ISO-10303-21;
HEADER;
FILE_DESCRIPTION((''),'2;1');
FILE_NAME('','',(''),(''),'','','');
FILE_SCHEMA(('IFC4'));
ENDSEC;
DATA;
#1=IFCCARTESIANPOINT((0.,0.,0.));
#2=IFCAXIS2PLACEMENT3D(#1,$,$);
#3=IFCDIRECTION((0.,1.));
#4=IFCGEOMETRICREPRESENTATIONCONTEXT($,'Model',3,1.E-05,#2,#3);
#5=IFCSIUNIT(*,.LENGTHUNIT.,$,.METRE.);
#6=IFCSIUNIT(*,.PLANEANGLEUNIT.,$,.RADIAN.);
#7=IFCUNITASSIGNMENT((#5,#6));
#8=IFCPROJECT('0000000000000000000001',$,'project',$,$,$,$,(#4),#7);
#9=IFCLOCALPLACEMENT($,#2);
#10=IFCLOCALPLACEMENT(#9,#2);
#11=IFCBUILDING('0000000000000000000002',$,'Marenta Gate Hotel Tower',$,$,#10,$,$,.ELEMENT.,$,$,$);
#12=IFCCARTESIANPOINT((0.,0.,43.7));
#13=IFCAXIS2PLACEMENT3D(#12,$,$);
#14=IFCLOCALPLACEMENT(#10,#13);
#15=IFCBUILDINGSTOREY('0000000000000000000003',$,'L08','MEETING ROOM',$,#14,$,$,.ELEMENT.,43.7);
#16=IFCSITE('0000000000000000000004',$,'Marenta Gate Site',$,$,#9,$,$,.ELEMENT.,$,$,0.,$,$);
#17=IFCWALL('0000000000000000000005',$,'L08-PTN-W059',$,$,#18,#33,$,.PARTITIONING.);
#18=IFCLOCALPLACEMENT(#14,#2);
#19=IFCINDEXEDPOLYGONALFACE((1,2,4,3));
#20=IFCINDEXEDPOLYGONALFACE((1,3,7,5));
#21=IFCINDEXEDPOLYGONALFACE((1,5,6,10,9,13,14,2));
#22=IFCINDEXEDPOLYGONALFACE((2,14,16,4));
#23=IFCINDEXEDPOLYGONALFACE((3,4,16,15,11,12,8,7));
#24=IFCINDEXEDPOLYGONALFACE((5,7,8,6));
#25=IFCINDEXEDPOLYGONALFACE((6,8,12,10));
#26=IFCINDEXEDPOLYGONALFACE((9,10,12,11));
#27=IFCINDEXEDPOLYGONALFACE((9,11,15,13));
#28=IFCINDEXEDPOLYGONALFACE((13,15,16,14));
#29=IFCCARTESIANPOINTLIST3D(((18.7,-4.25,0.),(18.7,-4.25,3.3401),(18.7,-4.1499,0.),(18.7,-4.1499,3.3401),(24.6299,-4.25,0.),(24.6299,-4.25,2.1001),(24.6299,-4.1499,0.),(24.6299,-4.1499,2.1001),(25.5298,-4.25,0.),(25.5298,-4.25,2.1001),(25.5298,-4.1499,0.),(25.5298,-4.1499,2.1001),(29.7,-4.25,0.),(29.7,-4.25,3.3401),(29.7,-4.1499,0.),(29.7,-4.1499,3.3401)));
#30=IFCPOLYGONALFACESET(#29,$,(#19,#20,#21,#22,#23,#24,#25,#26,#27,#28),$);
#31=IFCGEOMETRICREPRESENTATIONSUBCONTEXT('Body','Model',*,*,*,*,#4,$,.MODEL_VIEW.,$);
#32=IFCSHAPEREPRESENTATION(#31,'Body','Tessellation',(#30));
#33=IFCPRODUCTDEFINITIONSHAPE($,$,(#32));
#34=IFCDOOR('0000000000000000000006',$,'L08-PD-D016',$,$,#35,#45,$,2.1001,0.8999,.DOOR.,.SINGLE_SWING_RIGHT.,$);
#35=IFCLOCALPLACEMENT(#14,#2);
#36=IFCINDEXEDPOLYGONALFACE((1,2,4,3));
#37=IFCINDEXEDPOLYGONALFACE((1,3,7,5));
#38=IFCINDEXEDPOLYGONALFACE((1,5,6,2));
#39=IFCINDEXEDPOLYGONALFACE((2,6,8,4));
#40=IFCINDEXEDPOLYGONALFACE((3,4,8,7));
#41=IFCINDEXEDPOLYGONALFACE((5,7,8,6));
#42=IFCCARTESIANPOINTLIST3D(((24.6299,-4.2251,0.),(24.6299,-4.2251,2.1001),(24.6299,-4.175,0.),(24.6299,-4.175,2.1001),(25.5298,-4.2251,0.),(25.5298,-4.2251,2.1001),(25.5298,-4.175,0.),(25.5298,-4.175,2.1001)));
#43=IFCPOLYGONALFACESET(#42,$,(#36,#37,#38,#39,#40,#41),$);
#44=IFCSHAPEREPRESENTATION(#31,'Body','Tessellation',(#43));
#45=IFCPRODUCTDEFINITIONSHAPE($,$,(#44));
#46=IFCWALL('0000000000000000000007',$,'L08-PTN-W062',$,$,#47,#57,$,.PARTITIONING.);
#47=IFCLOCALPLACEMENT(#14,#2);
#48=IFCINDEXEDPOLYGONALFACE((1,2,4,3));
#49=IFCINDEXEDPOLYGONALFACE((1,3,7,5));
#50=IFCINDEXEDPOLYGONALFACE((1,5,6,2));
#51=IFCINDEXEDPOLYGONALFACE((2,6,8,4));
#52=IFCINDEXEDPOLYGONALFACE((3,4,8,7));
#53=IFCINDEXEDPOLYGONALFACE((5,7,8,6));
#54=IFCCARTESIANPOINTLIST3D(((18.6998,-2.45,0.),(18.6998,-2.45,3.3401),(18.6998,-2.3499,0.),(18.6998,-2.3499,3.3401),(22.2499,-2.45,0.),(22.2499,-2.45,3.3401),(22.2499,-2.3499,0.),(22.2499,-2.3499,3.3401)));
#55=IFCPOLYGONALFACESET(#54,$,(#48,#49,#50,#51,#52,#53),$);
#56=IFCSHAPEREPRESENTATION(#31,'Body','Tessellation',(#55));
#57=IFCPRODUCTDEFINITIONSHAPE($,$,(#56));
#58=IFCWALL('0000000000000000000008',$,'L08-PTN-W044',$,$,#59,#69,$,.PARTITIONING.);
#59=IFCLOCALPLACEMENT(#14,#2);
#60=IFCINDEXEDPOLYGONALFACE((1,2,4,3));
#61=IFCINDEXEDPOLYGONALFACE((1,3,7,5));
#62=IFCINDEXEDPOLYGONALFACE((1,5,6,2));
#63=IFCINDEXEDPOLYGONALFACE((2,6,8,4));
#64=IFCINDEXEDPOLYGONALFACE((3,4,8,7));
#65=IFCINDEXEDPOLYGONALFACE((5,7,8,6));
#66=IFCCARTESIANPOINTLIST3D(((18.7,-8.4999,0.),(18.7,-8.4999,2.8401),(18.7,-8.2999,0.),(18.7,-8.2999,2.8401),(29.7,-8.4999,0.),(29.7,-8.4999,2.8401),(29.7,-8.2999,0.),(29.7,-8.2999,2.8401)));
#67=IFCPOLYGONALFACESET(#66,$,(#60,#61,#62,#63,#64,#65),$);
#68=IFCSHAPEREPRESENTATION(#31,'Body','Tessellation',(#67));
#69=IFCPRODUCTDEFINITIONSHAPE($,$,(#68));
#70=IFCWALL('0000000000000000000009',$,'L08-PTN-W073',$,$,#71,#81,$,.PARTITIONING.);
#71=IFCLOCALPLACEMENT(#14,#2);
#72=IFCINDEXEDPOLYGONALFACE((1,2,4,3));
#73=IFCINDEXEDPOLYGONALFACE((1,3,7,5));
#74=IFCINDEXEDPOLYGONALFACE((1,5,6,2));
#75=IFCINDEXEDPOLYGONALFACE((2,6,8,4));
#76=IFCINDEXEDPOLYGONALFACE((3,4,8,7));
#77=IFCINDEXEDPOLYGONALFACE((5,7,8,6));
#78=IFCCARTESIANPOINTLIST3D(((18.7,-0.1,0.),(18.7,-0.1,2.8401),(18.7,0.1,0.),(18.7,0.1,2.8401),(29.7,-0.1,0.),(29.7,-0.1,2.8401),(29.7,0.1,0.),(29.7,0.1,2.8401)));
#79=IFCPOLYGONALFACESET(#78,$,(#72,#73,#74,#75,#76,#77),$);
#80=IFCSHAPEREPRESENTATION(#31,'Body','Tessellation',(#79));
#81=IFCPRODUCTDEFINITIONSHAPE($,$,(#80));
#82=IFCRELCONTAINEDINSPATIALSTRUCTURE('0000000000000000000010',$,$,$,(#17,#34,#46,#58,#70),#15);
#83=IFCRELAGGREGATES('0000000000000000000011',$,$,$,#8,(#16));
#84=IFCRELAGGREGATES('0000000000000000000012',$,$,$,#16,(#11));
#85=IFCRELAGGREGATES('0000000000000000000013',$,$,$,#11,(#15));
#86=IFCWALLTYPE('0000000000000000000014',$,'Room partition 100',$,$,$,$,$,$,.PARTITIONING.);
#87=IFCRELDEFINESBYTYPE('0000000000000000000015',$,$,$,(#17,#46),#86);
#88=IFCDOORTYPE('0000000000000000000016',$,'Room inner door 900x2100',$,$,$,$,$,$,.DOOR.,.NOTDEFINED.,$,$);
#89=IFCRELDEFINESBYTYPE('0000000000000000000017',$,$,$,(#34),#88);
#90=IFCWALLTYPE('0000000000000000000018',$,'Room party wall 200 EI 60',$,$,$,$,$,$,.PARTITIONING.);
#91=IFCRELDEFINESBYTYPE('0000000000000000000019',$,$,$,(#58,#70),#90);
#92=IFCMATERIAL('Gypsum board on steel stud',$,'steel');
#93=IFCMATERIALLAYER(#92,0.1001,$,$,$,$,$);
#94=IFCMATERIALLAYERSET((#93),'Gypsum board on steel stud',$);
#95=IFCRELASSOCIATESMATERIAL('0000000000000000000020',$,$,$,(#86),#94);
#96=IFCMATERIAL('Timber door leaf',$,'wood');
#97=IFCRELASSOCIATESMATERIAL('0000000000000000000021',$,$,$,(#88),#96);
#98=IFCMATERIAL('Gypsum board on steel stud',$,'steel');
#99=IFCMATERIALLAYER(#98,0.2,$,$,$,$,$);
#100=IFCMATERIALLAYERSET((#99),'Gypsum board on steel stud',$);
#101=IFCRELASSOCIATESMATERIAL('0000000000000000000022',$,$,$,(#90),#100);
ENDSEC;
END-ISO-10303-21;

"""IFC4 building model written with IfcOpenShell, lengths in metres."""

from ifc_helpers import new_model, si_unit, direction, frame, frame_2d, origin, place, context, subcontext, project, spatial, rectangle, extrude, material, layer, layer_set, type_object, element, fill, save


model = new_model("IFC4")

# Units and contexts
model_context = context("Model", 3, precision=1e-05, world=origin(), true_north=direction((0.0, 1.0)))
body_context = subcontext(model_context, "Body", "Model", "MODEL_VIEW")
ifc_project = project(units=[si_unit("LENGTHUNIT", "METRE"), si_unit("PLANEANGLEUNIT", "RADIAN")], contexts=[model_context])

# Site, building, storey
site_placement = place(None, origin())
site = spatial("IfcSite", under=ifc_project, at=site_placement, Name="Marenta Gate Site", CompositionType="ELEMENT", RefElevation=0.0)
building_placement = place(site_placement, origin())
building = spatial("IfcBuilding", under=site, at=building_placement, Name="Marenta Gate Hotel Tower", CompositionType="ELEMENT")
storey_placement = place(building_placement, frame((0.0, 0.0, 43.7)))
storey = spatial("IfcBuildingStorey", under=building, at=storey_placement, Name="L08", Description="MEETING ROOM", CompositionType="ELEMENT", Elevation=43.7)

# Shared definitions
ifc_material_1 = material(Name="Gypsum board on steel stud", Category="steel")
ifc_layer_1 = layer(ifc_material_1, 0.1001)
ifc_layer_set_1 = layer_set([ifc_layer_1], Name="Gypsum board on steel stud")
wall_type_1 = type_object("IfcWallType", Name="Room partition 100", PredefinedType="PARTITIONING", material=ifc_layer_set_1)

# Wall, opening, door
wall_1_placement = place(storey_placement, frame((18.7, -4.2, 0.0), z_axis=(0.0, 0.0, 1.0), x_axis=(1.0, 0.0, 0.0)))
wall_1 = element("IfcWall", 1, at=wall_1_placement, inside=storey, type_object=wall_type_1, Name="L08-PTN-W059", PredefinedType="PARTITIONING", context=body_context, shape_type="SweptSolid", body=[
    extrude(rectangle(XDim=11.0, YDim=0.1001, at=frame_2d((5.5, 0.0))), origin(), (0.0, 0.0, 1.0), 3.3401),
])
opening_1_placement = place(wall_1_placement, frame((5.9299, 0.0, 0.0)))
opening_1 = element("IfcOpeningElement", 2, at=opening_1_placement, cuts=wall_1, PredefinedType="OPENING", context=body_context, shape_type="SweptSolid", body=[
    extrude(rectangle(XDim=0.8999, YDim=2.1001, at=frame_2d((0.45, 1.05))), frame((0.0, 0.05, 0.0), z_axis=(0.0, -1.0, 0.0), x_axis=(1.0, 0.0, 0.0)), (0.0, 0.0, 1.0), 0.1001),
])
ifc_material_2 = material(Name="Timber door leaf", Category="wood")
door_type_1 = type_object("IfcDoorType", Name="Room inner door 900x2100", OperationType="NOTDEFINED", PredefinedType="DOOR", material=ifc_material_2)
door_1_placement = place(opening_1_placement, origin())
door_1 = element("IfcDoor", 3, at=door_1_placement, inside=storey, type_object=door_type_1, Name="L08-PD-D016", OperationType="SINGLE_SWING_RIGHT", OverallHeight=2.1001, OverallWidth=0.8999, PredefinedType="DOOR", context=body_context, shape_type="SweptSolid", body=[
    extrude(rectangle(XDim=0.8999, YDim=2.1001, at=frame_2d((0.45, 1.05))), frame((0.0, 0.0249, 0.0), z_axis=(0.0, -1.0, 0.0), x_axis=(1.0, 0.0, 0.0)), (0.0, 0.0, 1.0), 0.05),
])
fill(opening_1, door_1)

# Walls
wall_2_placement = place(storey_placement, frame((18.7, -2.3999, 0.0), z_axis=(0.0, 0.0, 1.0), x_axis=(1.0, 0.0, 0.0)))
element("IfcWall", 4, at=wall_2_placement, inside=storey, type_object=wall_type_1, Name="L08-PTN-W062", PredefinedType="PARTITIONING", context=body_context, shape_type="SweptSolid", body=[
    extrude(rectangle(XDim=3.55, YDim=0.1001, at=frame_2d((1.7749, 0.0))), origin(), (0.0, 0.0, 1.0), 3.3401),
])
ifc_material_3 = material(Name="Gypsum board on steel stud", Category="steel")
ifc_layer_2 = layer(ifc_material_3, 0.2)
ifc_layer_set_2 = layer_set([ifc_layer_2], Name="Gypsum board on steel stud")
wall_type_2 = type_object("IfcWallType", Name="Room party wall 200 EI 60", PredefinedType="PARTITIONING", material=ifc_layer_set_2)
for number, where, z_axis, x_axis, name in (
    (5, (18.7, -8.3999, 0.0), (0.0, 0.0, 1.0), (1.0, 0.0, 0.0), "L08-PTN-W044"),
    (6, (18.7, 0.0, 0.0), (0.0, 0.0, 1.0), (1.0, 0.0, 0.0), "L08-PTN-W073"),
):
    element("IfcWall", number, at=place(storey_placement, frame(where, z_axis=z_axis, x_axis=x_axis)), inside=storey, type_object=wall_type_2, Name=name, PredefinedType="PARTITIONING", context=body_context, shape_type="SweptSolid", body=[
        extrude(rectangle(XDim=11.0, YDim=0.2, at=frame_2d((5.5, 0.0))), origin(), (0.0, 0.0, 1.0), 2.8401),
    ])

save(model, "model.ifc")
